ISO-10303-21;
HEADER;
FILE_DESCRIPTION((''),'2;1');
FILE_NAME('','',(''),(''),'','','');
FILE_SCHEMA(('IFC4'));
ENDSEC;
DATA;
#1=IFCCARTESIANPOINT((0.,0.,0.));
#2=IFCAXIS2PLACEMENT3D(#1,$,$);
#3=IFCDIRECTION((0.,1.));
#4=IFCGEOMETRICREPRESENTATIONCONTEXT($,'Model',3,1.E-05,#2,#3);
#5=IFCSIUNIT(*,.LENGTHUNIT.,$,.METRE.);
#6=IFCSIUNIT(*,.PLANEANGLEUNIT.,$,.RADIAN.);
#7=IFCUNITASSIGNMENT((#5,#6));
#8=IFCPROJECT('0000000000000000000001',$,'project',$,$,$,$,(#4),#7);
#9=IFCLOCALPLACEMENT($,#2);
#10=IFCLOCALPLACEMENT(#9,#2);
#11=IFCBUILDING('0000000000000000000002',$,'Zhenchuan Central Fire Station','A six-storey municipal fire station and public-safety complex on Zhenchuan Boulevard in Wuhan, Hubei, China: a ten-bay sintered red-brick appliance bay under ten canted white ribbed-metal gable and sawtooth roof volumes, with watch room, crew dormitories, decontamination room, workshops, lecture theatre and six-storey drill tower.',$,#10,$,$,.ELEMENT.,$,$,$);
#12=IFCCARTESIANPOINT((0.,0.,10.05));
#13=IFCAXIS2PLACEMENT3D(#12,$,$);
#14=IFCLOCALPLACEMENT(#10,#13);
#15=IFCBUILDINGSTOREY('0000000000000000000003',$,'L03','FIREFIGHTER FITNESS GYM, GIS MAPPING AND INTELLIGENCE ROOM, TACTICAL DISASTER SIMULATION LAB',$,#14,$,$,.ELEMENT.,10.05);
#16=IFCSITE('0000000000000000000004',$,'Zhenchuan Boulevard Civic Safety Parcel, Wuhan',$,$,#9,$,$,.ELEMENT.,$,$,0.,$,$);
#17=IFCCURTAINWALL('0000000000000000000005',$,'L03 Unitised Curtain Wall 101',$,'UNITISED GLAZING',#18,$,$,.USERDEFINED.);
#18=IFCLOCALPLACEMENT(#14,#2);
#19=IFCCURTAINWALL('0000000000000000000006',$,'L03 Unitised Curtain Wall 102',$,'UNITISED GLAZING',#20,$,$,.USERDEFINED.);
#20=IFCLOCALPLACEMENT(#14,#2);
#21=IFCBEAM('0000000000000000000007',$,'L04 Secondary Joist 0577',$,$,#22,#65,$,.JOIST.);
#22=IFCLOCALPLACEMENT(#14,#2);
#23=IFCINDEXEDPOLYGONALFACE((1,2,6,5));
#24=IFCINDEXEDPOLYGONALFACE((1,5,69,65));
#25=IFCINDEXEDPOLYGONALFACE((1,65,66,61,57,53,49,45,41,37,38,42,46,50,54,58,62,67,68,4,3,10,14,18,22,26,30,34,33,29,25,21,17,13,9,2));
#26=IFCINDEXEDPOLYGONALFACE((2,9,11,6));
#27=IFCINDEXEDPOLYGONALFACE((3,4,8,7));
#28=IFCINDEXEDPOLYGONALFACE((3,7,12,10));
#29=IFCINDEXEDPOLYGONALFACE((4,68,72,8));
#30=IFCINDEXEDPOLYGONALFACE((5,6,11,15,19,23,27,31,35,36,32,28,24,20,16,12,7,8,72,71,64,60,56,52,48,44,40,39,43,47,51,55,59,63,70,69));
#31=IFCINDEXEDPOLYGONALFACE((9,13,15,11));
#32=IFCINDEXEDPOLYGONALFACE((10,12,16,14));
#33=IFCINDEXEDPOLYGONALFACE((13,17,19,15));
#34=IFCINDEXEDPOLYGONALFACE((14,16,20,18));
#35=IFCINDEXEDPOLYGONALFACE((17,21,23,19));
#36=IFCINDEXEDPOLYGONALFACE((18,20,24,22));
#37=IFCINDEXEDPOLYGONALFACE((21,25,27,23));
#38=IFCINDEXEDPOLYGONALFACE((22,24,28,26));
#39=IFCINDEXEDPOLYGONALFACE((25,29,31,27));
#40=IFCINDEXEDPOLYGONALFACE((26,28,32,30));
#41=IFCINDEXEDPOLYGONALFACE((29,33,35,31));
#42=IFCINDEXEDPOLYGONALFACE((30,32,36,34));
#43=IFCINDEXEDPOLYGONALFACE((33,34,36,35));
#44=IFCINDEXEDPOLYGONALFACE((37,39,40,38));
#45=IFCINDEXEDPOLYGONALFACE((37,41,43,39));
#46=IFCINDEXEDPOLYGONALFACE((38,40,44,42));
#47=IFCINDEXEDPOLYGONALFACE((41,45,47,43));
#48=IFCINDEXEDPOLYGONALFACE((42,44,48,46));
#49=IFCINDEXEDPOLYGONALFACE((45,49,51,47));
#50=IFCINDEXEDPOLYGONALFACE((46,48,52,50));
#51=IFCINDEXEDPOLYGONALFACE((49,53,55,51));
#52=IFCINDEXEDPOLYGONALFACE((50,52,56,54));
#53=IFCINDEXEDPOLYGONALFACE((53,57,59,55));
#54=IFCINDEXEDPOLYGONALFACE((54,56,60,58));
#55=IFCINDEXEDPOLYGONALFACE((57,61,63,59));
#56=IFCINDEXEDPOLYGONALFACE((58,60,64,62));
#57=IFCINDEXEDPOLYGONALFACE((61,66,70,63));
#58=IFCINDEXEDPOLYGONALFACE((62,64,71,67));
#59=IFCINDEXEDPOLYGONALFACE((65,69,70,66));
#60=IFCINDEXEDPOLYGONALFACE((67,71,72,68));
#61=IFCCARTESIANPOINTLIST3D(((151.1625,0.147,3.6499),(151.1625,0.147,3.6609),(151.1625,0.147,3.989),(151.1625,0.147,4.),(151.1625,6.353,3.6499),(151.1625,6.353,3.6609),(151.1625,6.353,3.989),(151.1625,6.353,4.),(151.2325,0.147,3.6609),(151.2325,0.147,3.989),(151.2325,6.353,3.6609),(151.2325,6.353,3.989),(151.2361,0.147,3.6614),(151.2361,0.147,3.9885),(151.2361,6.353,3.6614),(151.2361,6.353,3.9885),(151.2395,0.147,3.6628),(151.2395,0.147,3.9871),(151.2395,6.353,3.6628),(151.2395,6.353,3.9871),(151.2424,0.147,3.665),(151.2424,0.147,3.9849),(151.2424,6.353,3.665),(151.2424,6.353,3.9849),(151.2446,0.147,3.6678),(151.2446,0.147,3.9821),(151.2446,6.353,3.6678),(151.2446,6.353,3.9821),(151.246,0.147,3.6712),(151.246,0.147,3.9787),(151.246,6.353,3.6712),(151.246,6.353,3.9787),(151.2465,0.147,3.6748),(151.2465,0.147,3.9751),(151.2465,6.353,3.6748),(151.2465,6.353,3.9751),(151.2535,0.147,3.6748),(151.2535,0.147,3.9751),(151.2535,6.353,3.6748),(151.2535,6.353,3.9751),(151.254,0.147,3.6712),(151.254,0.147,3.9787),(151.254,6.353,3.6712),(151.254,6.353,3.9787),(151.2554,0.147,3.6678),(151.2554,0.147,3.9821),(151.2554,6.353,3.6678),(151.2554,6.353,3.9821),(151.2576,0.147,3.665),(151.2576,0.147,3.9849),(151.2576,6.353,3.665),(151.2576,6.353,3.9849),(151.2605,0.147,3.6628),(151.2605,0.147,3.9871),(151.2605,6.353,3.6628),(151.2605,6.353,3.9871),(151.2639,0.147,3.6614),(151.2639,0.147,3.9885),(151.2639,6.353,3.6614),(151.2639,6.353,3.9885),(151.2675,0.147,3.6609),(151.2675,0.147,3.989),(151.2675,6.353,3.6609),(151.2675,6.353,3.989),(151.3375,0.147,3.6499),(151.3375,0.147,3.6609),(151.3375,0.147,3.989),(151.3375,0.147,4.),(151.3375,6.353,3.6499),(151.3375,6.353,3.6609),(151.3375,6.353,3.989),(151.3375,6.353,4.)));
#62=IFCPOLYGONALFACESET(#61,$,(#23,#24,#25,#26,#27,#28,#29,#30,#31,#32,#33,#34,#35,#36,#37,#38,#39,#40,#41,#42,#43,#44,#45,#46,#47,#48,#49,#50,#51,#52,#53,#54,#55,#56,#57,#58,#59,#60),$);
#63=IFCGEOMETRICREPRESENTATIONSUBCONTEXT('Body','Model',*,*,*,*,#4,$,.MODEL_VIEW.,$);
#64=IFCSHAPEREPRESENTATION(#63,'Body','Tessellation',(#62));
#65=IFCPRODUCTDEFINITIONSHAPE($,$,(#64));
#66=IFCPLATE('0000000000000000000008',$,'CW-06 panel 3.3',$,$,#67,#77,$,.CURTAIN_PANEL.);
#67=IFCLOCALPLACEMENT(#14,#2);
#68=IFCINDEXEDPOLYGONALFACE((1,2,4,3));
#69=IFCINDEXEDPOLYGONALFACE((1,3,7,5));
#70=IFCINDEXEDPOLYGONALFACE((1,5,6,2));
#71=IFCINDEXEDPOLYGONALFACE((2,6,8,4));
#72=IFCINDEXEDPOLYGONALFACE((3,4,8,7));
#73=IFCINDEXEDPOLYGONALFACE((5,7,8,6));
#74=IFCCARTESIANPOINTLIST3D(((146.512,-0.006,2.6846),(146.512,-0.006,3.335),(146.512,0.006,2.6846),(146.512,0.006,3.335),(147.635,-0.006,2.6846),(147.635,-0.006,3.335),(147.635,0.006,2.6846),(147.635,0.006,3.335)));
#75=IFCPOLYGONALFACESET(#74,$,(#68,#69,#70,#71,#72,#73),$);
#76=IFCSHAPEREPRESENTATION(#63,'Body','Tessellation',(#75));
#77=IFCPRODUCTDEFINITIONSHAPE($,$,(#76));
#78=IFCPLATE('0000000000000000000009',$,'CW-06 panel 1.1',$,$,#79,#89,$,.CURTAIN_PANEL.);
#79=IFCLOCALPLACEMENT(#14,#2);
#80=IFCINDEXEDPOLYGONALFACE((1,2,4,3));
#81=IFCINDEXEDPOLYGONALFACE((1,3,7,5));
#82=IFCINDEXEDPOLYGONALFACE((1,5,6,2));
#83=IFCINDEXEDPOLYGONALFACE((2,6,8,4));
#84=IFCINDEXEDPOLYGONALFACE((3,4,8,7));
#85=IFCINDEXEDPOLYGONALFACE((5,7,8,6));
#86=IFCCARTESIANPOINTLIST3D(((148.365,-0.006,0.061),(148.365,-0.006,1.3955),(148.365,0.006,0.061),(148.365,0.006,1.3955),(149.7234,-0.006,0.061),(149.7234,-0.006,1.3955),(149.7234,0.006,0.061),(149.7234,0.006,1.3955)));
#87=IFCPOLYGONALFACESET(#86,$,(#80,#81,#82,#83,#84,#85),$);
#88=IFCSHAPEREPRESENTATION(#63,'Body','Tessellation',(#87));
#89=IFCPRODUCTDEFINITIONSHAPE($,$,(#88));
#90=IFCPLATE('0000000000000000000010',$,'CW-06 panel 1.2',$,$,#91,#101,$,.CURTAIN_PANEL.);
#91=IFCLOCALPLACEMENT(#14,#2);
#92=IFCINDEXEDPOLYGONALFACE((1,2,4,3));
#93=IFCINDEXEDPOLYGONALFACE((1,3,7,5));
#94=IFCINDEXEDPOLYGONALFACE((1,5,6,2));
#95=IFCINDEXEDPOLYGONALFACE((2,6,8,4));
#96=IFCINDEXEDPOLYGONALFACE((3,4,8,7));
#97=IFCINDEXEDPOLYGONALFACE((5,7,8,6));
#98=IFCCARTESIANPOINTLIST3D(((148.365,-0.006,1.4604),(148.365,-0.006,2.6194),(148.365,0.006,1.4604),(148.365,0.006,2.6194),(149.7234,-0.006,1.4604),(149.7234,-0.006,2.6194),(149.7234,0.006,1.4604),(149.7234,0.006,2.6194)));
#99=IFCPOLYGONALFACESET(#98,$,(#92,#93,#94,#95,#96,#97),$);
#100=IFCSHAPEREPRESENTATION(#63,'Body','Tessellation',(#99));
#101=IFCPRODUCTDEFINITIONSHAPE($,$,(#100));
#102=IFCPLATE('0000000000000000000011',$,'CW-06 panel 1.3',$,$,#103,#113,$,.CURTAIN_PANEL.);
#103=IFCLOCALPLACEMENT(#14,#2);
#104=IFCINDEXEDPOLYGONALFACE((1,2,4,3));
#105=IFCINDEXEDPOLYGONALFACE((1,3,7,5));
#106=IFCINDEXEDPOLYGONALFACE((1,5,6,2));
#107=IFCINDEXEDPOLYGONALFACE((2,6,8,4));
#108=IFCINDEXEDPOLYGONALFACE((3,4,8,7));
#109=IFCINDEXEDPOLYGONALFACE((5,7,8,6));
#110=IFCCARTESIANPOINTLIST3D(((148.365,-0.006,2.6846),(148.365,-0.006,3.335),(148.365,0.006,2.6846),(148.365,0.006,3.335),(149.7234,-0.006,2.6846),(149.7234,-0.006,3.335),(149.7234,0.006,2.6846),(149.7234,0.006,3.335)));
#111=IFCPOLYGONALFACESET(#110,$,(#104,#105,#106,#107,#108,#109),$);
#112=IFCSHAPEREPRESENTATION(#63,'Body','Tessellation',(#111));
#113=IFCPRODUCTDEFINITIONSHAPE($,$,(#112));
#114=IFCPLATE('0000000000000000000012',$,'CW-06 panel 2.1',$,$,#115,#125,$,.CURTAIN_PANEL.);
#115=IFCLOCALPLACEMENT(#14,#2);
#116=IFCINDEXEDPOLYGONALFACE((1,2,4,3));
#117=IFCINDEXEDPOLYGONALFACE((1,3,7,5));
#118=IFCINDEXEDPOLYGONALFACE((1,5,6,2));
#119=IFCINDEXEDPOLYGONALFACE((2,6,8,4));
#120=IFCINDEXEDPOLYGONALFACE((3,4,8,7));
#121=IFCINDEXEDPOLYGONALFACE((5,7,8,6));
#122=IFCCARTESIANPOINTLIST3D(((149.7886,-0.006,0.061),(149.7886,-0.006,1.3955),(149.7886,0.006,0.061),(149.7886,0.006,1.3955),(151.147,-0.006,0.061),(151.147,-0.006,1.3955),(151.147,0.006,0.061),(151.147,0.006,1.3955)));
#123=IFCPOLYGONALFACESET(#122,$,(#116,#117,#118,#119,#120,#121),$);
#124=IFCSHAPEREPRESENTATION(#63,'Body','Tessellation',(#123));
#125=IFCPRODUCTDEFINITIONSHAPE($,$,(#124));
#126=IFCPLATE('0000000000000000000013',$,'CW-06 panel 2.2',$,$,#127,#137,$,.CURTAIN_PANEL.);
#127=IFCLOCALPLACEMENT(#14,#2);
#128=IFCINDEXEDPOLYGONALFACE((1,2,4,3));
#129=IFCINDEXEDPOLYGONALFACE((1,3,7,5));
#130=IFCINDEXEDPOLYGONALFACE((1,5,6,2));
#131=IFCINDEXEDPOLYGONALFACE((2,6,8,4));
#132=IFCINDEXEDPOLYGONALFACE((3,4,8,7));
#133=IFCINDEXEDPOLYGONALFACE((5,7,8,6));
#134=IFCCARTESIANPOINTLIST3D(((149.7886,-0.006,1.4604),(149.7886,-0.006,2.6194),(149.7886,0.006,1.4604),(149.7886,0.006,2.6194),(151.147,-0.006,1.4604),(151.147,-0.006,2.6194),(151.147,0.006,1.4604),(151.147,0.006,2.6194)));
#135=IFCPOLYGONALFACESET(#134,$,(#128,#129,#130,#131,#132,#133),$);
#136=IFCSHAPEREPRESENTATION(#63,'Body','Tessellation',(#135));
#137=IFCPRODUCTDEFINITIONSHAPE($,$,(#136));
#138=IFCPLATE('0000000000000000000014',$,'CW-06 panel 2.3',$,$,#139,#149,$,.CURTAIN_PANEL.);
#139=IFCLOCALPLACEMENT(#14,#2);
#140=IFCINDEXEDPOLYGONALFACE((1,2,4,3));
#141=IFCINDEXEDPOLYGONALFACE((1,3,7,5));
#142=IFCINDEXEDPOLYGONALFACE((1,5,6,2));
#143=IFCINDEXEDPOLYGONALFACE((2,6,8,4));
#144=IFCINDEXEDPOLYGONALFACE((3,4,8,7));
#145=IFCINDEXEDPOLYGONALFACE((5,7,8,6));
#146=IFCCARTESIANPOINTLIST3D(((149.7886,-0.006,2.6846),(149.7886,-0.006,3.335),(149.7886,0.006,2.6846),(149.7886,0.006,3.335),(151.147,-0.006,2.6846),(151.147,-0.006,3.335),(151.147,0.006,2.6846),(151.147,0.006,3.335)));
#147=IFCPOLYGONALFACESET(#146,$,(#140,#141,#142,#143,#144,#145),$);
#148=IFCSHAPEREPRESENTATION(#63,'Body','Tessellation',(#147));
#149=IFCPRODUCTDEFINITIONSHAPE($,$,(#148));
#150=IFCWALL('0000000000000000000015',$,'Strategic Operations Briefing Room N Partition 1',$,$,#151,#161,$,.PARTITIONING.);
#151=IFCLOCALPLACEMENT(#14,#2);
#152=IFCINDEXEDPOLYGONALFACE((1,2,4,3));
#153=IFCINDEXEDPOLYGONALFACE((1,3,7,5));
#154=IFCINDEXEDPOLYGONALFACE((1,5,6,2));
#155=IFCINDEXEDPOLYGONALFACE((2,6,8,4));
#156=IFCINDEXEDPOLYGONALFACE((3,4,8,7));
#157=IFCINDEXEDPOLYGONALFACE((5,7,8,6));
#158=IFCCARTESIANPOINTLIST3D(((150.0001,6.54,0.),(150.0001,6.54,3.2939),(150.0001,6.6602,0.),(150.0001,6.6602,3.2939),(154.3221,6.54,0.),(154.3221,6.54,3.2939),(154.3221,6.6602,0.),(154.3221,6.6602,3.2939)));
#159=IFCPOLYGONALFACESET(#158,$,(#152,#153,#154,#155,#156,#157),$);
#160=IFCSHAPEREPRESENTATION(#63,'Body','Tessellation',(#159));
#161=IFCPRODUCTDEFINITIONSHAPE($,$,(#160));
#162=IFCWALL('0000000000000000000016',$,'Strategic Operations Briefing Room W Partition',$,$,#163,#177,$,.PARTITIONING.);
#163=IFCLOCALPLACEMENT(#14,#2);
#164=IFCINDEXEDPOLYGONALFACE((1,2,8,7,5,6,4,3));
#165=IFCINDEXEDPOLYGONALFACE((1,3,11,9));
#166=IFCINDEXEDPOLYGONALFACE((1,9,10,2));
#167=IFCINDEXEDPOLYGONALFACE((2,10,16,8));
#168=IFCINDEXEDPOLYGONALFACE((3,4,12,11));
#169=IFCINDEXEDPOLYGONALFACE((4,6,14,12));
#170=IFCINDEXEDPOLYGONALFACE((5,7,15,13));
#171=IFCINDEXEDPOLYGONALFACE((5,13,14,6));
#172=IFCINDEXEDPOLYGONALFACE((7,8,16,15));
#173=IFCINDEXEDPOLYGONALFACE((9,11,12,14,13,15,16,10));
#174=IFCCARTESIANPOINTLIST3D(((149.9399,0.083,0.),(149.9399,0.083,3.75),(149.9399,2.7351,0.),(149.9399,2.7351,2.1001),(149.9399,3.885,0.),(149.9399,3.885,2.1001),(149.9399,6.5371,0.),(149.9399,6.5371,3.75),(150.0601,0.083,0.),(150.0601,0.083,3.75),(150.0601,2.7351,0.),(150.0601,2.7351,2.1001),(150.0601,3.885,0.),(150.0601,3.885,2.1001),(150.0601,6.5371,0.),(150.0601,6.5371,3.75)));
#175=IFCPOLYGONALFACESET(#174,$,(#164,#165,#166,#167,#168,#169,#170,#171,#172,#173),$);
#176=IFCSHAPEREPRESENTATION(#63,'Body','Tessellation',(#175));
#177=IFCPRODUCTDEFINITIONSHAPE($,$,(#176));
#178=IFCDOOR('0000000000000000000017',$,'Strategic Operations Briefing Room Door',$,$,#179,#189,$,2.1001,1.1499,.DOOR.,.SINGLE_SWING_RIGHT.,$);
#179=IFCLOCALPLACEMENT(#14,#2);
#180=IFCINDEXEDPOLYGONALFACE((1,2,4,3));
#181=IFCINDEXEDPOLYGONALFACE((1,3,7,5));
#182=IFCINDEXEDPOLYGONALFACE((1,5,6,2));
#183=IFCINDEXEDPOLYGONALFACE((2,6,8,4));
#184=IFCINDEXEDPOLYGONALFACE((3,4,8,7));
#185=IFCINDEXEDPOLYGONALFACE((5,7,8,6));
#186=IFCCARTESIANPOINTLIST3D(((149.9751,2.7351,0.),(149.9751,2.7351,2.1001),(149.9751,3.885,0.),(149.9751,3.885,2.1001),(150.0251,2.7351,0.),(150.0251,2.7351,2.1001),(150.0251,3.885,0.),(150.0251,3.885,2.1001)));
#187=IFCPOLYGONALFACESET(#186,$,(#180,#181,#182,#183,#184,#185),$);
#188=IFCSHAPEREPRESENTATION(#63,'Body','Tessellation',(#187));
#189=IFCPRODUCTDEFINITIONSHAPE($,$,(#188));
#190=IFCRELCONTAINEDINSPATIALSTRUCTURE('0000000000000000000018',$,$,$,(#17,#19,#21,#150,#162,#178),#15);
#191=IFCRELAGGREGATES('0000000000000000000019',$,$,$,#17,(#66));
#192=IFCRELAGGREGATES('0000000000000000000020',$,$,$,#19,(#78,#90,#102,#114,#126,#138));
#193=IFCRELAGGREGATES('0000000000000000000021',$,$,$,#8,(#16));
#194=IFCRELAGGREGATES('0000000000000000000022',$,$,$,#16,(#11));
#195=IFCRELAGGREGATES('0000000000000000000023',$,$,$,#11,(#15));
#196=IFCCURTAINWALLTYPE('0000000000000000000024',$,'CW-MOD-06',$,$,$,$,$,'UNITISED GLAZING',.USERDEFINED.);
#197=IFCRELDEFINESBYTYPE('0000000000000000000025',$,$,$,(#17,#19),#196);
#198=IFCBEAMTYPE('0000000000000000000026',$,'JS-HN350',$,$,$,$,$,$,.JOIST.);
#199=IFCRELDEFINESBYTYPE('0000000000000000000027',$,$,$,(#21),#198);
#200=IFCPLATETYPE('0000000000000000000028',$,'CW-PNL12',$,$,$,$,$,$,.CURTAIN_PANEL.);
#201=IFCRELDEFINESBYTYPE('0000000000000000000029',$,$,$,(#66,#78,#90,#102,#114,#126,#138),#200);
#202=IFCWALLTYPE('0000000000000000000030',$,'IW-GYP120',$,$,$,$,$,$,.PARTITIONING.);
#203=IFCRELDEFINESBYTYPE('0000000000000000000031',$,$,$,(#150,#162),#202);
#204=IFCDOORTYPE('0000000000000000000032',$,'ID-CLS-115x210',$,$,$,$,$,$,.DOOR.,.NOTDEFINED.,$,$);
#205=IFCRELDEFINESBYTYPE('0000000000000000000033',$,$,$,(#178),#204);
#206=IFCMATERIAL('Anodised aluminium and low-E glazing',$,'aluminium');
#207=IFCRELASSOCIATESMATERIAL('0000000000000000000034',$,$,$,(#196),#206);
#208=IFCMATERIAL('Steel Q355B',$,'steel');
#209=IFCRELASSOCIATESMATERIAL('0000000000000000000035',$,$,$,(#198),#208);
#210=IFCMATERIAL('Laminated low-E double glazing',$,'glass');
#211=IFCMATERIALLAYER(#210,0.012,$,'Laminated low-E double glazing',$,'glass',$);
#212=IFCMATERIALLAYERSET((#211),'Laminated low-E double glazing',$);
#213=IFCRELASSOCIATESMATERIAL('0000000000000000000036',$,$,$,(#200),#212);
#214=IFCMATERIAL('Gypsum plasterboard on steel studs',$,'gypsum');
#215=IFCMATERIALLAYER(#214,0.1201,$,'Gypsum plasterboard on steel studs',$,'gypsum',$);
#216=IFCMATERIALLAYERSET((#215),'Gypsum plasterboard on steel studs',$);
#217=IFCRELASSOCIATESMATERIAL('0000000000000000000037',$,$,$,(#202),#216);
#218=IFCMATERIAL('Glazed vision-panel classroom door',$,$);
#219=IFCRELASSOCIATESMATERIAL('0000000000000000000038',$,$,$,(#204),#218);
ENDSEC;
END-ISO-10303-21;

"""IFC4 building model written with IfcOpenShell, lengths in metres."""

from ifc_helpers import new_model, si_unit, direction, frame, frame_2d, origin, origin_2d, place, context, subcontext, project, spatial, rectangle, i_section, extrude, material, layer, layer_set, material_profile, profile_set, type_object, element, fill, aggregate, save


model = new_model("IFC4")

# Units and contexts
model_context = context("Model", 3, precision=1e-05, world=origin(), true_north=direction((0.0, 1.0)))
body_context = subcontext(model_context, "Body", "Model", "MODEL_VIEW")
ifc_project = project(units=[si_unit("LENGTHUNIT", "METRE"), si_unit("PLANEANGLEUNIT", "RADIAN")], contexts=[model_context])

# Site, building, storey
site_placement = place(None, origin())
site = spatial("IfcSite", under=ifc_project, at=site_placement, Name="Zhenchuan Boulevard Civic Safety Parcel, Wuhan", CompositionType="ELEMENT", RefElevation=0.0)
building_placement = place(site_placement, origin())
building = spatial("IfcBuilding", under=site, at=building_placement, Name="Zhenchuan Central Fire Station", Description="A six-storey municipal fire station and public-safety complex on Zhenchuan Boulevard in Wuhan, Hubei, China: a ten-bay sintered red-brick appliance bay under ten canted white ribbed-metal gable and sawtooth roof volumes, with watch room, crew dormitories, decontamination room, workshops, lecture theatre and six-storey drill tower.", CompositionType="ELEMENT")
storey_placement = place(building_placement, frame((0.0, 0.0, 10.05)))
storey = spatial("IfcBuildingStorey", under=building, at=storey_placement, Name="L03", Description="FIREFIGHTER FITNESS GYM, GIS MAPPING AND INTELLIGENCE ROOM, TACTICAL DISASTER SIMULATION LAB", CompositionType="ELEMENT", Elevation=10.05)

# Shared definitions
ifc_material_1 = material(Name="Steel Q355B", Category="steel")

# Curtain wall
ifc_material_2 = material(Name="Anodised aluminium and low-E glazing", Category="aluminium")
curtain_wall_type = type_object("IfcCurtainWallType", Name="CW-MOD-06", ElementType="UNITISED GLAZING", PredefinedType="USERDEFINED", material=ifc_material_2)
curtain_wall_1_placement = place(storey_placement, origin())
curtain_wall_1 = element("IfcCurtainWall", 1, at=curtain_wall_1_placement, inside=storey, type_object=curtain_wall_type, Name="L03 Unitised Curtain Wall 101", ObjectType="UNITISED GLAZING", PredefinedType="USERDEFINED")

# Curtain wall
curtain_wall_2_placement = place(storey_placement, origin())
curtain_wall_2 = element("IfcCurtainWall", 2, at=curtain_wall_2_placement, inside=storey, type_object=curtain_wall_type, Name="L03 Unitised Curtain Wall 102", ObjectType="UNITISED GLAZING", PredefinedType="USERDEFINED")

# Beam
ifc_material_profile_1 = material_profile(ifc_material_1, i_section(OverallWidth=0.175, OverallDepth=0.3501, WebThickness=0.0071, FlangeThickness=0.011, FilletRadius=0.0139, at=origin_2d()), Name="HN 350x175")
ifc_profile_set_1 = profile_set([ifc_material_profile_1], Name="Steel Q355B")
beam_type_1 = type_object("IfcBeamType", Name="JS-HN350", PredefinedType="JOIST", material=ifc_profile_set_1)
beam_1_placement = place(storey_placement, frame((151.25, 0.147, 3.825), z_axis=(0.0, 1.0, 0.0), x_axis=(-1.0, 0.0, 0.0)))
element("IfcBeam", 3, at=beam_1_placement, inside=storey, type_object=beam_type_1, Name="L04 Secondary Joist 0577", PredefinedType="JOIST", context=body_context, shape_type="SweptSolid", body=[
    extrude(i_section(OverallWidth=0.175, OverallDepth=0.3501, WebThickness=0.0071, FlangeThickness=0.011, FilletRadius=0.0139, at=origin_2d()), origin(), (0.0, 0.0, 1.0), 6.2061),
])

# Plates
ifc_material_3 = material(Name="Laminated low-E double glazing", Category="glass")
ifc_layer_1 = layer(ifc_material_3, 0.012, Name="Laminated low-E double glazing", Category="glass")
ifc_layer_set_1 = layer_set([ifc_layer_1], Name="Laminated low-E double glazing")
plate_type = type_object("IfcPlateType", Name="CW-PNL12", PredefinedType="CURTAIN_PANEL", material=ifc_layer_set_1)
plate_1_placement = place(storey_placement, frame((147.0735, 0.0, 2.6846), z_axis=(0.0, 0.0, 1.0), x_axis=(1.0, 0.0, 0.0)))
plate_1 = element("IfcPlate", 4, at=plate_1_placement, type_object=plate_type, Name="CW-06 panel 3.3", PredefinedType="CURTAIN_PANEL", context=body_context, shape_type="SweptSolid", body=[
    extrude(rectangle(XDim=1.123, YDim=0.012, at=origin_2d()), origin(), (0.0, 0.0, 1.0), 0.6504),
])
aggregate(curtain_wall_1, [plate_1])
plate_2_placement = place(storey_placement, frame((149.0442, 0.0, 0.061), z_axis=(0.0, 0.0, 1.0), x_axis=(1.0, 0.0, 0.0)))
plate_2 = element("IfcPlate", 5, at=plate_2_placement, type_object=plate_type, Name="CW-06 panel 1.1", PredefinedType="CURTAIN_PANEL", context=body_context, shape_type="SweptSolid", body=[
    extrude(rectangle(XDim=1.3584, YDim=0.012, at=origin_2d()), origin(), (0.0, 0.0, 1.0), 1.3345),
])
plate_3_placement = place(storey_placement, frame((149.0442, 0.0, 1.4604), z_axis=(0.0, 0.0, 1.0), x_axis=(1.0, 0.0, 0.0)))
plate_3 = element("IfcPlate", 6, at=plate_3_placement, type_object=plate_type, Name="CW-06 panel 1.2", PredefinedType="CURTAIN_PANEL", context=body_context, shape_type="SweptSolid", body=[
    extrude(rectangle(XDim=1.3584, YDim=0.012, at=origin_2d()), origin(), (0.0, 0.0, 1.0), 1.1589),
])
plate_4_placement = place(storey_placement, frame((149.0442, 0.0, 2.6846), z_axis=(0.0, 0.0, 1.0), x_axis=(1.0, 0.0, 0.0)))
plate_4 = element("IfcPlate", 7, at=plate_4_placement, type_object=plate_type, Name="CW-06 panel 1.3", PredefinedType="CURTAIN_PANEL", context=body_context, shape_type="SweptSolid", body=[
    extrude(rectangle(XDim=1.3584, YDim=0.012, at=origin_2d()), origin(), (0.0, 0.0, 1.0), 0.6504),
])
plate_5_placement = place(storey_placement, frame((150.4678, 0.0, 0.061), z_axis=(0.0, 0.0, 1.0), x_axis=(1.0, 0.0, 0.0)))
plate_5 = element("IfcPlate", 8, at=plate_5_placement, type_object=plate_type, Name="CW-06 panel 2.1", PredefinedType="CURTAIN_PANEL", context=body_context, shape_type="SweptSolid", body=[
    extrude(rectangle(XDim=1.3584, YDim=0.012, at=origin_2d()), origin(), (0.0, 0.0, 1.0), 1.3345),
])
plate_6_placement = place(storey_placement, frame((150.4678, 0.0, 1.4604), z_axis=(0.0, 0.0, 1.0), x_axis=(1.0, 0.0, 0.0)))
plate_6 = element("IfcPlate", 9, at=plate_6_placement, type_object=plate_type, Name="CW-06 panel 2.2", PredefinedType="CURTAIN_PANEL", context=body_context, shape_type="SweptSolid", body=[
    extrude(rectangle(XDim=1.3584, YDim=0.012, at=origin_2d()), origin(), (0.0, 0.0, 1.0), 1.1589),
])
plate_7_placement = place(storey_placement, frame((150.4678, 0.0, 2.6846), z_axis=(0.0, 0.0, 1.0), x_axis=(1.0, 0.0, 0.0)))
plate_7 = element("IfcPlate", 10, at=plate_7_placement, type_object=plate_type, Name="CW-06 panel 2.3", PredefinedType="CURTAIN_PANEL", context=body_context, shape_type="SweptSolid", body=[
    extrude(rectangle(XDim=1.3584, YDim=0.012, at=origin_2d()), origin(), (0.0, 0.0, 1.0), 0.6504),
])
aggregate(curtain_wall_2, [plate_2, plate_3, plate_4, plate_5, plate_6, plate_7])

# Wall
ifc_material_4 = material(Name="Gypsum plasterboard on steel studs", Category="gypsum")
ifc_layer_2 = layer(ifc_material_4, 0.1201, Name="Gypsum plasterboard on steel studs", Category="gypsum")
ifc_layer_set_2 = layer_set([ifc_layer_2], Name="Gypsum plasterboard on steel studs")
wall_type = type_object("IfcWallType", Name="IW-GYP120", PredefinedType="PARTITIONING", material=ifc_layer_set_2)
wall_1_placement = place(storey_placement, frame((150.0, 6.6001, 0.0), z_axis=(0.0, 0.0, 1.0), x_axis=(1.0, 0.0, 0.0)))
element("IfcWall", 11, at=wall_1_placement, inside=storey, type_object=wall_type, Name="Strategic Operations Briefing Room N Partition 1", PredefinedType="PARTITIONING", context=body_context, shape_type="SweptSolid", body=[
    extrude(rectangle(XDim=4.322, YDim=0.1201, at=frame_2d((2.1611, 0.0))), origin(), (0.0, 0.0, 1.0), 3.2939),
])

# Wall, opening, door
wall_2_placement = place(storey_placement, frame((150.0, 0.083, 0.0), z_axis=(0.0, 0.0, 1.0), x_axis=(0.0, 1.0, 0.0)))
wall_2 = element("IfcWall", 12, at=wall_2_placement, inside=storey, type_object=wall_type, Name="Strategic Operations Briefing Room W Partition", PredefinedType="PARTITIONING", context=body_context, shape_type="SweptSolid", body=[
    extrude(rectangle(XDim=6.4541, YDim=0.1201, at=frame_2d((3.2271, 0.0))), origin(), (0.0, 0.0, 1.0), 3.75),
])
opening_placement = place(wall_2_placement, frame((2.6521, 0.0, 0.0)))
opening = element("IfcOpeningElement", 13, at=opening_placement, cuts=wall_2, PredefinedType="OPENING", context=body_context, shape_type="SweptSolid", body=[
    extrude(rectangle(XDim=1.1499, YDim=2.1001, at=frame_2d((0.575, 1.05))), frame((0.0, 0.0701, 0.0), z_axis=(0.0, -1.0, 0.0), x_axis=(1.0, 0.0, 0.0)), (0.0, 0.0, 1.0), 0.1401),
])
ifc_material_5 = material(Name="Glazed vision-panel classroom door")
door_type = type_object("IfcDoorType", Name="ID-CLS-115x210", OperationType="NOTDEFINED", PredefinedType="DOOR", material=ifc_material_5)
door_placement = place(opening_placement, origin())
door = element("IfcDoor", 14, at=door_placement, inside=storey, type_object=door_type, Name="Strategic Operations Briefing Room Door", OperationType="SINGLE_SWING_RIGHT", OverallHeight=2.1001, OverallWidth=1.1499, PredefinedType="DOOR", context=body_context, shape_type="SweptSolid", body=[
    extrude(rectangle(XDim=1.1499, YDim=2.1001, at=frame_2d((0.575, 1.05))), frame((0.0, 0.0249, 0.0), z_axis=(0.0, -1.0, 0.0), x_axis=(1.0, 0.0, 0.0)), (0.0, 0.0, 1.0), 0.05),
])
fill(opening, door)

save(model, "model.ifc")
